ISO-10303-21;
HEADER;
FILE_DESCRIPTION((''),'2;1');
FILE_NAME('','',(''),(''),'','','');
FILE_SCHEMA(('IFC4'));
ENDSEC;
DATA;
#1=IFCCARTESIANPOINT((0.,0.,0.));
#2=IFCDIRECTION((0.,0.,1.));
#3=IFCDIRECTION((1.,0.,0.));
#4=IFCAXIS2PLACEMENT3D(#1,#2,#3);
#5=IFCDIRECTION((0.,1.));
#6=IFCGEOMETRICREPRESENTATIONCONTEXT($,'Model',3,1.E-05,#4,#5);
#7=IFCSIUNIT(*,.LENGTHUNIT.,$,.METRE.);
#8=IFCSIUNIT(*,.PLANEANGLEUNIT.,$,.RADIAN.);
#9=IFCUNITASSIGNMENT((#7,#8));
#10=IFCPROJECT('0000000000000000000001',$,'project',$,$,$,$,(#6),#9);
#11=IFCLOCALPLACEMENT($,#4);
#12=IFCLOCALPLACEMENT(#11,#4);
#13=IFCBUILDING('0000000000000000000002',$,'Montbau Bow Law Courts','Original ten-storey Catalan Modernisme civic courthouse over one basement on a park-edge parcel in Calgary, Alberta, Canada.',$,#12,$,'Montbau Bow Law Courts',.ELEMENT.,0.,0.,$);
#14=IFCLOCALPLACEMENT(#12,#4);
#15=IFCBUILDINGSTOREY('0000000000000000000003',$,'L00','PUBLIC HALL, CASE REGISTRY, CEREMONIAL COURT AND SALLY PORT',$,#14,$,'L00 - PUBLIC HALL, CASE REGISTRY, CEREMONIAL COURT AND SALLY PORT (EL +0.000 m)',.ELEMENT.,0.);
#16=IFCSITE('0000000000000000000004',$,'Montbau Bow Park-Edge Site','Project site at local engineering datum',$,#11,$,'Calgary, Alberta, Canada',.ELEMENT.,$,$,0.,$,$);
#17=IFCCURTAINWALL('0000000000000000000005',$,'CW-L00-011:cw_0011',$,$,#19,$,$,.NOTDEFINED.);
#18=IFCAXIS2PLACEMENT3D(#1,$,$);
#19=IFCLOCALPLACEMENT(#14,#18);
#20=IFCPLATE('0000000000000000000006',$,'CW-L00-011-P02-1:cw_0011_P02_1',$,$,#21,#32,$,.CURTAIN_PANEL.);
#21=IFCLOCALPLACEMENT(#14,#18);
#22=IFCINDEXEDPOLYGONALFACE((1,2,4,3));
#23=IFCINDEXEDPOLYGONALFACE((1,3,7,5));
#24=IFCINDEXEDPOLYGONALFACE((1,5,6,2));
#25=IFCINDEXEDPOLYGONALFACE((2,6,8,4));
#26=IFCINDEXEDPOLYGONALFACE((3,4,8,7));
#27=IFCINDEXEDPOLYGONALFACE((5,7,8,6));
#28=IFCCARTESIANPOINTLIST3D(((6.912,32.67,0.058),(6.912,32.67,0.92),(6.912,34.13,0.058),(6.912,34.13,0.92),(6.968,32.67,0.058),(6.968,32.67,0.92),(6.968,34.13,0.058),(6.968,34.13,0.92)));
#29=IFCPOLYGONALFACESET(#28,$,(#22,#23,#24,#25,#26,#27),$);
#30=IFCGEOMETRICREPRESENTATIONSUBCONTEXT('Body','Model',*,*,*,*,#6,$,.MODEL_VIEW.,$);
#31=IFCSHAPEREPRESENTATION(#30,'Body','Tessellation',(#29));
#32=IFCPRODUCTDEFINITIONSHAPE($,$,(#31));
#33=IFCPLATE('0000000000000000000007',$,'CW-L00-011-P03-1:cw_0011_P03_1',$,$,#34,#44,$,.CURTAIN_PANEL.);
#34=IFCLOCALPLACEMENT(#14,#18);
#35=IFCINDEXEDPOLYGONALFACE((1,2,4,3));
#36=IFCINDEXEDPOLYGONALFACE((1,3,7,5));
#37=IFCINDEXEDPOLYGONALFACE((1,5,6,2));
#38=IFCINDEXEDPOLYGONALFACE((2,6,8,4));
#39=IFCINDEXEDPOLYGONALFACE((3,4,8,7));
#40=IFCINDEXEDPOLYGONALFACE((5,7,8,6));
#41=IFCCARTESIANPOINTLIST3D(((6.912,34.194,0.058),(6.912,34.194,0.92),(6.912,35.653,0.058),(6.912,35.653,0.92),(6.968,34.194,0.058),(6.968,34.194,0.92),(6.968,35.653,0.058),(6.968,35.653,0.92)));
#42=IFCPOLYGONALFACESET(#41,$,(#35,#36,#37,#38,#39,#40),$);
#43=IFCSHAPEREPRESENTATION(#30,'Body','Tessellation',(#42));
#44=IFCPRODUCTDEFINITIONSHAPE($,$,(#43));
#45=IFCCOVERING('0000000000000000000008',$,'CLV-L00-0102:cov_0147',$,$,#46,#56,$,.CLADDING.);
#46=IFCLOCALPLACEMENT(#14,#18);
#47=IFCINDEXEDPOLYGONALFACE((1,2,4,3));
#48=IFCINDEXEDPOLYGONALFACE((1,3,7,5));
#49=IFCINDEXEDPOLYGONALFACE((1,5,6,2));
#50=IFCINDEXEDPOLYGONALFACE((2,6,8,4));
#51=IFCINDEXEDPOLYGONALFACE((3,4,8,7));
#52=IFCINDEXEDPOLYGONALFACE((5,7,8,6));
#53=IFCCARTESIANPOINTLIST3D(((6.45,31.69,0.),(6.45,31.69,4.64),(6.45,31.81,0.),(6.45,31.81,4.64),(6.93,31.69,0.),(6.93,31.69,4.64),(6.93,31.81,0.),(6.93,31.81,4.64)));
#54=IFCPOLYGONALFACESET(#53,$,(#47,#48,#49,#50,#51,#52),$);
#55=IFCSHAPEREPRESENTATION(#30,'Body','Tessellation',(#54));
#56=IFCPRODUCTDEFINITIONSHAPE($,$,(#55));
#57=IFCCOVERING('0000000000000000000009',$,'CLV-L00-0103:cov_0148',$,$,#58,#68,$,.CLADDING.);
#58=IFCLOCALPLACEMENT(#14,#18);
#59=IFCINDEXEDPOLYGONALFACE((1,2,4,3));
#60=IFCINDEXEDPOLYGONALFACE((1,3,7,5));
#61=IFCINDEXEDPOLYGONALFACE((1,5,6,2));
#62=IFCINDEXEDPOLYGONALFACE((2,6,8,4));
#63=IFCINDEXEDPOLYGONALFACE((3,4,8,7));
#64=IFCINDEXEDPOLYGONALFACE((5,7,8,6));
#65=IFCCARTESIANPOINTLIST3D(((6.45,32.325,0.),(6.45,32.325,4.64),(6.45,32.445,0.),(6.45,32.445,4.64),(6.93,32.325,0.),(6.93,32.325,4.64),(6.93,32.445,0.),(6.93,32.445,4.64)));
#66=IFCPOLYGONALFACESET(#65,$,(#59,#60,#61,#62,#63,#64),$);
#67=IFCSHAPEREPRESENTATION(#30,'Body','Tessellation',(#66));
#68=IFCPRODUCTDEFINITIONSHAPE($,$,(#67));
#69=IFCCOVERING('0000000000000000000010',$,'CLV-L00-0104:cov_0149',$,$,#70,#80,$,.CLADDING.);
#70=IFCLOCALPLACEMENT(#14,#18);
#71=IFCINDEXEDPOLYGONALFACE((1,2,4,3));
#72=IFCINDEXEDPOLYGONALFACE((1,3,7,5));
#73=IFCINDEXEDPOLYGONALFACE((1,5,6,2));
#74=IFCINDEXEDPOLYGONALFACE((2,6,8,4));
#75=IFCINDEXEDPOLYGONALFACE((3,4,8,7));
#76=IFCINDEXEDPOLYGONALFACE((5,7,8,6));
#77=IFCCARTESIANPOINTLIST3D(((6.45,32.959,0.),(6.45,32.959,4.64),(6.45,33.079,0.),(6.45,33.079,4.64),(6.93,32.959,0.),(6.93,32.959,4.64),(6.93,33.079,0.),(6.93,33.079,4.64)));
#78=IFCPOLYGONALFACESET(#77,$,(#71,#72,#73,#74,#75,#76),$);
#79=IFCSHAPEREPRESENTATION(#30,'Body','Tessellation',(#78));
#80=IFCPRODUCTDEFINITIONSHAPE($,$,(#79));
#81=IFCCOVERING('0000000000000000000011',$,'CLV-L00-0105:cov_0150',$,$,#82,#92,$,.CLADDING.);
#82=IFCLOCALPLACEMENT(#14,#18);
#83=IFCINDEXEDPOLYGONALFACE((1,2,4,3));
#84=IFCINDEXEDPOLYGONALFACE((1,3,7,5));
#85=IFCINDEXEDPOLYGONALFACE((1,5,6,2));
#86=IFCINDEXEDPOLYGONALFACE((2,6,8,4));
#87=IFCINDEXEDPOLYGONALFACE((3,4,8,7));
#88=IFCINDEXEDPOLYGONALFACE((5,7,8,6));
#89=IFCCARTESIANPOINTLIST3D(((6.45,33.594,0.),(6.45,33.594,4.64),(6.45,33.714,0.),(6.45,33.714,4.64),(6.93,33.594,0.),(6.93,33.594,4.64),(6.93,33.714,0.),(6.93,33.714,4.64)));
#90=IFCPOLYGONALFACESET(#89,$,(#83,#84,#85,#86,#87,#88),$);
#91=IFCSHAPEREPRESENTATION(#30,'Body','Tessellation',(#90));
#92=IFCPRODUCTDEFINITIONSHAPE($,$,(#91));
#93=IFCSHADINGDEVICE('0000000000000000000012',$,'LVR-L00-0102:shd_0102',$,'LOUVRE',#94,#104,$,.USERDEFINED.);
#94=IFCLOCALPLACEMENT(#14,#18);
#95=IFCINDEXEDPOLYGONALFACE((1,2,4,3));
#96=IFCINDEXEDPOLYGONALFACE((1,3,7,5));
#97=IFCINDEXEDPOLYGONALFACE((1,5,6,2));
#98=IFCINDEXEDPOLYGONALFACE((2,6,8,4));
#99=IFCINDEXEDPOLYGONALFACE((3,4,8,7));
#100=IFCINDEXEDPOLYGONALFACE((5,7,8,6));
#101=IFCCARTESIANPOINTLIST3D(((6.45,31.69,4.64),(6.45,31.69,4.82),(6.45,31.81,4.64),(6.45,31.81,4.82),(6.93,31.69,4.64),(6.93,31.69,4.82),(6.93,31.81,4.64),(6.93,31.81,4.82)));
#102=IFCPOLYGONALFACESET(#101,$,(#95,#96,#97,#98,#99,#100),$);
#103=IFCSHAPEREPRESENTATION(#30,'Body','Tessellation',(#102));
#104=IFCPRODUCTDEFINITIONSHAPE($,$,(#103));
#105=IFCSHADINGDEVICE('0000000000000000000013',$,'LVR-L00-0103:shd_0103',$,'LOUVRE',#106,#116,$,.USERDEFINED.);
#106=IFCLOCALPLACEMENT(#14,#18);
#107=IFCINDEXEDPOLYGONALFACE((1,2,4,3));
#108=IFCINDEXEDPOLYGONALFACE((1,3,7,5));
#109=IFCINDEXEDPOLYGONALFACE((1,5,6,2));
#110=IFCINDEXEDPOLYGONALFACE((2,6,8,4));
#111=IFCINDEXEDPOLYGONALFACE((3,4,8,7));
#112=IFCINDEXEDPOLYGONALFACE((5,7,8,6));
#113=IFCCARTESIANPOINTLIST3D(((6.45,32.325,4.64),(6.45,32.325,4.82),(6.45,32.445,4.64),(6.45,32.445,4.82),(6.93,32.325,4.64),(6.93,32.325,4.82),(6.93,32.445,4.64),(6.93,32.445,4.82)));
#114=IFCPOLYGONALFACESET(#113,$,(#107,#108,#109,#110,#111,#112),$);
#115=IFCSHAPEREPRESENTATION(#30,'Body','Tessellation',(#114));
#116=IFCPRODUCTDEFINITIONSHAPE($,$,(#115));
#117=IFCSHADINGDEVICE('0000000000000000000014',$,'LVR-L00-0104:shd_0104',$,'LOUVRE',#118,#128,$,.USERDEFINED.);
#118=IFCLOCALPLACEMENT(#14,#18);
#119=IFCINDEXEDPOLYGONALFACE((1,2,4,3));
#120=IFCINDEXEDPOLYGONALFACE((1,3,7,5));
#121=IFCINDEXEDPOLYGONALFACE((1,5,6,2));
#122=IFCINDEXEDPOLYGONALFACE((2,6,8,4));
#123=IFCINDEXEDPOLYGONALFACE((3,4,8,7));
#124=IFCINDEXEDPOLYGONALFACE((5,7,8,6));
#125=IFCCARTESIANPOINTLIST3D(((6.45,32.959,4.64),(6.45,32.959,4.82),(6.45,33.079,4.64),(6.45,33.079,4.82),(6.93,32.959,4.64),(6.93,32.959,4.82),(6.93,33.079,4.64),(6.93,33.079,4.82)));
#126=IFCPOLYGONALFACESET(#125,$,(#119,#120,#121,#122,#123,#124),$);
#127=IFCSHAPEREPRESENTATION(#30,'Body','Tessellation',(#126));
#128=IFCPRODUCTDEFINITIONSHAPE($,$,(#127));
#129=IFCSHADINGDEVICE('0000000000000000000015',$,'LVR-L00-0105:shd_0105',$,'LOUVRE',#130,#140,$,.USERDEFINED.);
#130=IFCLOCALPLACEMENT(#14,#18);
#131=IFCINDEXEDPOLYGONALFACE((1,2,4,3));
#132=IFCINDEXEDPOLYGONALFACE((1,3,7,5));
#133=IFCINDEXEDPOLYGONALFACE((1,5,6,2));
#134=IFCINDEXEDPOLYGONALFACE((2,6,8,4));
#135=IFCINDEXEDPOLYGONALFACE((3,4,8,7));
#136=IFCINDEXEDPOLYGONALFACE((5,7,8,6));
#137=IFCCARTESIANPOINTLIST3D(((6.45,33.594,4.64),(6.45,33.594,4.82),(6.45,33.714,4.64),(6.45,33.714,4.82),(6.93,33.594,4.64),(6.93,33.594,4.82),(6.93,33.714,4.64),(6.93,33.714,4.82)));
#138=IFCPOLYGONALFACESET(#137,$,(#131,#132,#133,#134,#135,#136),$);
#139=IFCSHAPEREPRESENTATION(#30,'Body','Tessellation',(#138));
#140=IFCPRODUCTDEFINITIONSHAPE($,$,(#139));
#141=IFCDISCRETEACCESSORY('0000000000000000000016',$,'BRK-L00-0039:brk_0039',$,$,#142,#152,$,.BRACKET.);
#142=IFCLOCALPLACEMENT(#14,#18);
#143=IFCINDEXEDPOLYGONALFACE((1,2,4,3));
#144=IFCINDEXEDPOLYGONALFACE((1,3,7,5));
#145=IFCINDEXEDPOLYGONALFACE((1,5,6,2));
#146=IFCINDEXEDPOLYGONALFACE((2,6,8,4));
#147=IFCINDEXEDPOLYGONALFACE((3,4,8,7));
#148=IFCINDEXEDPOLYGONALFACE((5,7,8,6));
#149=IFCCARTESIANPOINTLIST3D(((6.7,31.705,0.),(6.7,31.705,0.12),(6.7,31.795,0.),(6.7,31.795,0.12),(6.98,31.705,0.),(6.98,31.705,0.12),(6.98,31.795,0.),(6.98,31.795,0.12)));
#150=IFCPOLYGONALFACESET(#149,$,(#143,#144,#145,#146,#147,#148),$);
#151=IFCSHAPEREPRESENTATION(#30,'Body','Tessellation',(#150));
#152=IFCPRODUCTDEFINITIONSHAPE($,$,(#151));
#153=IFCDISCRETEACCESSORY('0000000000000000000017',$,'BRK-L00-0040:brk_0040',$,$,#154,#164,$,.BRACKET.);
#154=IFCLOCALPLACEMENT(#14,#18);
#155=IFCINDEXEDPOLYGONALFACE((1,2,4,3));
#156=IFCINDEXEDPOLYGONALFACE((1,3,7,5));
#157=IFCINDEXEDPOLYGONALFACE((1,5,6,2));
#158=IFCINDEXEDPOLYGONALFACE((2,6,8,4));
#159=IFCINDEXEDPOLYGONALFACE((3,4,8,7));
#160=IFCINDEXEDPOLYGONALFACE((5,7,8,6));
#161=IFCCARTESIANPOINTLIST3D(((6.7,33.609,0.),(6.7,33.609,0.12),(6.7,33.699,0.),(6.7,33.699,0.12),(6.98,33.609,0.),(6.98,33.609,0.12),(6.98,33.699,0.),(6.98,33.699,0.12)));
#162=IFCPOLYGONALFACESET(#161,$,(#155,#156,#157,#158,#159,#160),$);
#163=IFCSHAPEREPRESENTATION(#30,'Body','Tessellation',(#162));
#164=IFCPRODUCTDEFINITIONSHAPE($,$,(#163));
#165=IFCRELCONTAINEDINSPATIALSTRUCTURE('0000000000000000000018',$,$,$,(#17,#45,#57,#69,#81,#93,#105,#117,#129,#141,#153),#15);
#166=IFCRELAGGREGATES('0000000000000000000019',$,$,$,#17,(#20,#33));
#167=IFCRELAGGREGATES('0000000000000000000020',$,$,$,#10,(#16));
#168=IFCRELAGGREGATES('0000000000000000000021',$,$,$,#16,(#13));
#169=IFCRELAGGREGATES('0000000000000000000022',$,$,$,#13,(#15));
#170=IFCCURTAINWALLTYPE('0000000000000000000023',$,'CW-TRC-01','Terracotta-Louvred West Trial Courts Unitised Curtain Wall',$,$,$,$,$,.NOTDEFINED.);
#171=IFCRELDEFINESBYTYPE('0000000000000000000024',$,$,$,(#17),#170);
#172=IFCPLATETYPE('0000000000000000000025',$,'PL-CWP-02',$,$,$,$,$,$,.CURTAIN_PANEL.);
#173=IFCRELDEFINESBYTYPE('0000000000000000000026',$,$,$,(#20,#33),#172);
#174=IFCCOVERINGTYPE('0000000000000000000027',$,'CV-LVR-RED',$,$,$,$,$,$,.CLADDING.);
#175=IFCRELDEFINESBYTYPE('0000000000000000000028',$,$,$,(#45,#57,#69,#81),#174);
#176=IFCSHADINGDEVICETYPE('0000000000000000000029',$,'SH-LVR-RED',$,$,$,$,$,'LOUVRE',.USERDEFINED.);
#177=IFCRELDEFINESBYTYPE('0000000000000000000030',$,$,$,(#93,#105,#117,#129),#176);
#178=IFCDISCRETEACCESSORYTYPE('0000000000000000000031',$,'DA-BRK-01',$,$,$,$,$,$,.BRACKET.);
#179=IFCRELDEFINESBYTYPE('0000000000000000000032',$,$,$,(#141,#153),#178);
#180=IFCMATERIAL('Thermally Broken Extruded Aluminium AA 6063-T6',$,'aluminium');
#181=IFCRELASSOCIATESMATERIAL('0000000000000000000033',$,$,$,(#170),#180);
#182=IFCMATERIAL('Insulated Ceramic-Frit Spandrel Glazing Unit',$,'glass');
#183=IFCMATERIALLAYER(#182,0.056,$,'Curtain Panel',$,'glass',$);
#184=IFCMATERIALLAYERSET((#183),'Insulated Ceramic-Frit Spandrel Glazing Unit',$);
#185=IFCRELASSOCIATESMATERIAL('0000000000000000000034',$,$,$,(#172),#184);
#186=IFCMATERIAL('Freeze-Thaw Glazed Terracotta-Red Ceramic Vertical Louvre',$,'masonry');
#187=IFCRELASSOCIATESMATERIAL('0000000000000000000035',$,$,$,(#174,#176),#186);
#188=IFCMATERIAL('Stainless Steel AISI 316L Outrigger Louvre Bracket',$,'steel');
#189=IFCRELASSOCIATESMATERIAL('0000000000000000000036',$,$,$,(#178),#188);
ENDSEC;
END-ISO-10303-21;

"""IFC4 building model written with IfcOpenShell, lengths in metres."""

from ifc_helpers import new_model, si_unit, direction, frame, frame_2d, origin_with_axes, origin_2d_with_axis, place, context, subcontext, project, spatial, rectangle, extrude, material, layer, layer_set, type_object, element, aggregate, save


model = new_model("IFC4")

# Units and contexts
model_context = context("Model", 3, precision=1e-05, world=origin_with_axes(), true_north=direction((0.0, 1.0)))
body_context = subcontext(model_context, "Body", "Model", "MODEL_VIEW")
ifc_project = project(units=[si_unit("LENGTHUNIT", "METRE"), si_unit("PLANEANGLEUNIT", "RADIAN")], contexts=[model_context])

# Site, building, storey
site_placement = place(None, origin_with_axes())
site = spatial("IfcSite", under=ifc_project, at=site_placement, Name="Montbau Bow Park-Edge Site", Description="Project site at local engineering datum", LongName="Calgary, Alberta, Canada", CompositionType="ELEMENT", RefElevation=0.0)
building_placement = place(site_placement, origin_with_axes())
building = spatial("IfcBuilding", under=site, at=building_placement, Name="Montbau Bow Law Courts", Description="Original ten-storey Catalan Modernisme civic courthouse over one basement on a park-edge parcel in Calgary, Alberta, Canada.", LongName="Montbau Bow Law Courts", CompositionType="ELEMENT", ElevationOfRefHeight=0.0, ElevationOfTerrain=0.0)
storey_placement = place(building_placement, origin_with_axes())
storey = spatial("IfcBuildingStorey", under=building, at=storey_placement, Name="L00", Description="PUBLIC HALL, CASE REGISTRY, CEREMONIAL COURT AND SALLY PORT", LongName="L00 - PUBLIC HALL, CASE REGISTRY, CEREMONIAL COURT AND SALLY PORT (EL +0.000 m)", CompositionType="ELEMENT", Elevation=0.0)

# Curtain wall, plates
ifc_material_1 = material(Name="Thermally Broken Extruded Aluminium AA 6063-T6", Category="aluminium")
curtain_wall_type = type_object("IfcCurtainWallType", Name="CW-TRC-01", Description="Terracotta-Louvred West Trial Courts Unitised Curtain Wall", PredefinedType="NOTDEFINED", material=ifc_material_1)
curtain_wall_placement = place(None, frame((6.94, 31.115, 0.0), z_axis=(0.0, 0.0, 1.0), x_axis=(1.0, 0.0, 0.0)))
curtain_wall = element("IfcCurtainWall", 1, at=curtain_wall_placement, inside=storey, type_object=curtain_wall_type, Name="CW-L00-011:cw_0011", PredefinedType="NOTDEFINED")
ifc_material_2 = material(Name="Insulated Ceramic-Frit Spandrel Glazing Unit", Category="glass")
ifc_layer_1 = layer(ifc_material_2, 0.056, Name="Curtain Panel", Category="glass")
ifc_layer_set_1 = layer_set([ifc_layer_1], Name="Insulated Ceramic-Frit Spandrel Glazing Unit")
plate_type_1 = type_object("IfcPlateType", Name="PL-CWP-02", PredefinedType="CURTAIN_PANEL", material=ifc_layer_set_1)
plate_1_placement = place(None, frame((6.94, 32.67, 0.058), z_axis=(1.0, 0.0, 0.0), x_axis=(0.0, 1.0, 0.0)))
plate_1 = element("IfcPlate", 2, at=plate_1_placement, type_object=plate_type_1, Name="CW-L00-011-P02-1:cw_0011_P02_1", PredefinedType="CURTAIN_PANEL", context=body_context, shape_type="SweptSolid", body=[
    extrude(rectangle(XDim=1.46, YDim=0.862, at=frame_2d((0.73, 0.431), x_axis=(1.0, 0.0))), frame((0.0, 0.0, -0.028), z_axis=(0.0, 0.0, 1.0), x_axis=(1.0, 0.0, 0.0)), (0.0, 0.0, 1.0), 0.056),
])
plate_2_placement = place(None, frame((6.94, 34.194, 0.058), z_axis=(1.0, 0.0, 0.0), x_axis=(0.0, 1.0, 0.0)))
plate_2 = element("IfcPlate", 3, at=plate_2_placement, type_object=plate_type_1, Name="CW-L00-011-P03-1:cw_0011_P03_1", PredefinedType="CURTAIN_PANEL", context=body_context, shape_type="SweptSolid", body=[
    extrude(rectangle(XDim=1.459, YDim=0.862, at=frame_2d((0.7295, 0.431), x_axis=(1.0, 0.0))), frame((0.0, 0.0, -0.028), z_axis=(0.0, 0.0, 1.0), x_axis=(1.0, 0.0, 0.0)), (0.0, 0.0, 1.0), 0.056),
])
aggregate(curtain_wall, [plate_1, plate_2])

# Coverings
ifc_material_3 = material(Name="Freeze-Thaw Glazed Terracotta-Red Ceramic Vertical Louvre", Category="masonry")
covering_type = type_object("IfcCoveringType", Name="CV-LVR-RED", PredefinedType="CLADDING", material=ifc_material_3)
for number, where, z_axis, x_axis, name in (
    (4, (6.93, 31.75, 0.0), (0.0, 1.0, 0.0), (-1.0, 0.0, 0.0), "CLV-L00-0102:cov_0147"),
    (5, (6.93, 32.385, 0.0), (0.0, 1.0, 0.0), (-1.0, 0.0, 0.0), "CLV-L00-0103:cov_0148"),
    (6, (6.93, 33.019, 0.0), (0.0, 1.0, 0.0), (-1.0, 0.0, 0.0), "CLV-L00-0104:cov_0149"),
    (7, (6.93, 33.654, 0.0), (0.0, 1.0, 0.0), (-1.0, 0.0, 0.0), "CLV-L00-0105:cov_0150"),
):
    element("IfcCovering", number, at=place(None, frame(where, z_axis=z_axis, x_axis=x_axis)), inside=storey, type_object=covering_type, Name=name, PredefinedType="CLADDING", context=body_context, shape_type="SweptSolid", body=[
        extrude(rectangle(XDim=0.48, YDim=4.64, at=frame_2d((0.24, 2.32), x_axis=(1.0, 0.0))), frame((0.0, 0.0, -0.06), z_axis=(0.0, 0.0, 1.0), x_axis=(1.0, 0.0, 0.0)), (0.0, 0.0, 1.0), 0.12),
    ])

# Shading devices
shading_device_type = type_object("IfcShadingDeviceType", Name="SH-LVR-RED", ElementType="LOUVRE", PredefinedType="USERDEFINED", material=ifc_material_3)
for number, where, z_axis, x_axis, name in (
    (8, (6.69, 31.75, 4.64), (0.0, 0.0, 1.0), (-1.0, 0.0, 0.0), "LVR-L00-0102:shd_0102"),
    (9, (6.69, 32.385, 4.64), (0.0, 0.0, 1.0), (-1.0, 0.0, 0.0), "LVR-L00-0103:shd_0103"),
    (10, (6.69, 33.019, 4.64), (0.0, 0.0, 1.0), (-1.0, 0.0, 0.0), "LVR-L00-0104:shd_0104"),
    (11, (6.69, 33.654, 4.64), (0.0, 0.0, 1.0), (-1.0, 0.0, 0.0), "LVR-L00-0105:shd_0105"),
):
    element("IfcShadingDevice", number, at=place(None, frame(where, z_axis=z_axis, x_axis=x_axis)), inside=storey, type_object=shading_device_type, Name=name, ObjectType="LOUVRE", PredefinedType="USERDEFINED", context=body_context, shape_type="SweptSolid", body=[
        extrude(rectangle(XDim=0.48, YDim=0.12, at=origin_2d_with_axis()), origin_with_axes(), (0.0, 0.0, 1.0), 0.18),
    ])

# Discrete accessories
ifc_material_4 = material(Name="Stainless Steel AISI 316L Outrigger Louvre Bracket", Category="steel")
discrete_accessory_type = type_object("IfcDiscreteAccessoryType", Name="DA-BRK-01", PredefinedType="BRACKET", material=ifc_material_4)
for number, where, z_axis, x_axis, name in (
    (12, (6.84, 31.75, 0.0), (0.0, 0.0, 1.0), (-1.0, 0.0, 0.0), "BRK-L00-0039:brk_0039"),
    (13, (6.84, 33.654, 0.0), (0.0, 0.0, 1.0), (-1.0, 0.0, 0.0), "BRK-L00-0040:brk_0040"),
):
    element("IfcDiscreteAccessory", number, at=place(None, frame(where, z_axis=z_axis, x_axis=x_axis)), inside=storey, type_object=discrete_accessory_type, Name=name, PredefinedType="BRACKET", context=body_context, shape_type="SweptSolid", body=[
        extrude(rectangle(XDim=0.28, YDim=0.09, at=origin_2d_with_axis()), origin_with_axes(), (0.0, 0.0, 1.0), 0.12),
    ])

save(model, "model.ifc")
